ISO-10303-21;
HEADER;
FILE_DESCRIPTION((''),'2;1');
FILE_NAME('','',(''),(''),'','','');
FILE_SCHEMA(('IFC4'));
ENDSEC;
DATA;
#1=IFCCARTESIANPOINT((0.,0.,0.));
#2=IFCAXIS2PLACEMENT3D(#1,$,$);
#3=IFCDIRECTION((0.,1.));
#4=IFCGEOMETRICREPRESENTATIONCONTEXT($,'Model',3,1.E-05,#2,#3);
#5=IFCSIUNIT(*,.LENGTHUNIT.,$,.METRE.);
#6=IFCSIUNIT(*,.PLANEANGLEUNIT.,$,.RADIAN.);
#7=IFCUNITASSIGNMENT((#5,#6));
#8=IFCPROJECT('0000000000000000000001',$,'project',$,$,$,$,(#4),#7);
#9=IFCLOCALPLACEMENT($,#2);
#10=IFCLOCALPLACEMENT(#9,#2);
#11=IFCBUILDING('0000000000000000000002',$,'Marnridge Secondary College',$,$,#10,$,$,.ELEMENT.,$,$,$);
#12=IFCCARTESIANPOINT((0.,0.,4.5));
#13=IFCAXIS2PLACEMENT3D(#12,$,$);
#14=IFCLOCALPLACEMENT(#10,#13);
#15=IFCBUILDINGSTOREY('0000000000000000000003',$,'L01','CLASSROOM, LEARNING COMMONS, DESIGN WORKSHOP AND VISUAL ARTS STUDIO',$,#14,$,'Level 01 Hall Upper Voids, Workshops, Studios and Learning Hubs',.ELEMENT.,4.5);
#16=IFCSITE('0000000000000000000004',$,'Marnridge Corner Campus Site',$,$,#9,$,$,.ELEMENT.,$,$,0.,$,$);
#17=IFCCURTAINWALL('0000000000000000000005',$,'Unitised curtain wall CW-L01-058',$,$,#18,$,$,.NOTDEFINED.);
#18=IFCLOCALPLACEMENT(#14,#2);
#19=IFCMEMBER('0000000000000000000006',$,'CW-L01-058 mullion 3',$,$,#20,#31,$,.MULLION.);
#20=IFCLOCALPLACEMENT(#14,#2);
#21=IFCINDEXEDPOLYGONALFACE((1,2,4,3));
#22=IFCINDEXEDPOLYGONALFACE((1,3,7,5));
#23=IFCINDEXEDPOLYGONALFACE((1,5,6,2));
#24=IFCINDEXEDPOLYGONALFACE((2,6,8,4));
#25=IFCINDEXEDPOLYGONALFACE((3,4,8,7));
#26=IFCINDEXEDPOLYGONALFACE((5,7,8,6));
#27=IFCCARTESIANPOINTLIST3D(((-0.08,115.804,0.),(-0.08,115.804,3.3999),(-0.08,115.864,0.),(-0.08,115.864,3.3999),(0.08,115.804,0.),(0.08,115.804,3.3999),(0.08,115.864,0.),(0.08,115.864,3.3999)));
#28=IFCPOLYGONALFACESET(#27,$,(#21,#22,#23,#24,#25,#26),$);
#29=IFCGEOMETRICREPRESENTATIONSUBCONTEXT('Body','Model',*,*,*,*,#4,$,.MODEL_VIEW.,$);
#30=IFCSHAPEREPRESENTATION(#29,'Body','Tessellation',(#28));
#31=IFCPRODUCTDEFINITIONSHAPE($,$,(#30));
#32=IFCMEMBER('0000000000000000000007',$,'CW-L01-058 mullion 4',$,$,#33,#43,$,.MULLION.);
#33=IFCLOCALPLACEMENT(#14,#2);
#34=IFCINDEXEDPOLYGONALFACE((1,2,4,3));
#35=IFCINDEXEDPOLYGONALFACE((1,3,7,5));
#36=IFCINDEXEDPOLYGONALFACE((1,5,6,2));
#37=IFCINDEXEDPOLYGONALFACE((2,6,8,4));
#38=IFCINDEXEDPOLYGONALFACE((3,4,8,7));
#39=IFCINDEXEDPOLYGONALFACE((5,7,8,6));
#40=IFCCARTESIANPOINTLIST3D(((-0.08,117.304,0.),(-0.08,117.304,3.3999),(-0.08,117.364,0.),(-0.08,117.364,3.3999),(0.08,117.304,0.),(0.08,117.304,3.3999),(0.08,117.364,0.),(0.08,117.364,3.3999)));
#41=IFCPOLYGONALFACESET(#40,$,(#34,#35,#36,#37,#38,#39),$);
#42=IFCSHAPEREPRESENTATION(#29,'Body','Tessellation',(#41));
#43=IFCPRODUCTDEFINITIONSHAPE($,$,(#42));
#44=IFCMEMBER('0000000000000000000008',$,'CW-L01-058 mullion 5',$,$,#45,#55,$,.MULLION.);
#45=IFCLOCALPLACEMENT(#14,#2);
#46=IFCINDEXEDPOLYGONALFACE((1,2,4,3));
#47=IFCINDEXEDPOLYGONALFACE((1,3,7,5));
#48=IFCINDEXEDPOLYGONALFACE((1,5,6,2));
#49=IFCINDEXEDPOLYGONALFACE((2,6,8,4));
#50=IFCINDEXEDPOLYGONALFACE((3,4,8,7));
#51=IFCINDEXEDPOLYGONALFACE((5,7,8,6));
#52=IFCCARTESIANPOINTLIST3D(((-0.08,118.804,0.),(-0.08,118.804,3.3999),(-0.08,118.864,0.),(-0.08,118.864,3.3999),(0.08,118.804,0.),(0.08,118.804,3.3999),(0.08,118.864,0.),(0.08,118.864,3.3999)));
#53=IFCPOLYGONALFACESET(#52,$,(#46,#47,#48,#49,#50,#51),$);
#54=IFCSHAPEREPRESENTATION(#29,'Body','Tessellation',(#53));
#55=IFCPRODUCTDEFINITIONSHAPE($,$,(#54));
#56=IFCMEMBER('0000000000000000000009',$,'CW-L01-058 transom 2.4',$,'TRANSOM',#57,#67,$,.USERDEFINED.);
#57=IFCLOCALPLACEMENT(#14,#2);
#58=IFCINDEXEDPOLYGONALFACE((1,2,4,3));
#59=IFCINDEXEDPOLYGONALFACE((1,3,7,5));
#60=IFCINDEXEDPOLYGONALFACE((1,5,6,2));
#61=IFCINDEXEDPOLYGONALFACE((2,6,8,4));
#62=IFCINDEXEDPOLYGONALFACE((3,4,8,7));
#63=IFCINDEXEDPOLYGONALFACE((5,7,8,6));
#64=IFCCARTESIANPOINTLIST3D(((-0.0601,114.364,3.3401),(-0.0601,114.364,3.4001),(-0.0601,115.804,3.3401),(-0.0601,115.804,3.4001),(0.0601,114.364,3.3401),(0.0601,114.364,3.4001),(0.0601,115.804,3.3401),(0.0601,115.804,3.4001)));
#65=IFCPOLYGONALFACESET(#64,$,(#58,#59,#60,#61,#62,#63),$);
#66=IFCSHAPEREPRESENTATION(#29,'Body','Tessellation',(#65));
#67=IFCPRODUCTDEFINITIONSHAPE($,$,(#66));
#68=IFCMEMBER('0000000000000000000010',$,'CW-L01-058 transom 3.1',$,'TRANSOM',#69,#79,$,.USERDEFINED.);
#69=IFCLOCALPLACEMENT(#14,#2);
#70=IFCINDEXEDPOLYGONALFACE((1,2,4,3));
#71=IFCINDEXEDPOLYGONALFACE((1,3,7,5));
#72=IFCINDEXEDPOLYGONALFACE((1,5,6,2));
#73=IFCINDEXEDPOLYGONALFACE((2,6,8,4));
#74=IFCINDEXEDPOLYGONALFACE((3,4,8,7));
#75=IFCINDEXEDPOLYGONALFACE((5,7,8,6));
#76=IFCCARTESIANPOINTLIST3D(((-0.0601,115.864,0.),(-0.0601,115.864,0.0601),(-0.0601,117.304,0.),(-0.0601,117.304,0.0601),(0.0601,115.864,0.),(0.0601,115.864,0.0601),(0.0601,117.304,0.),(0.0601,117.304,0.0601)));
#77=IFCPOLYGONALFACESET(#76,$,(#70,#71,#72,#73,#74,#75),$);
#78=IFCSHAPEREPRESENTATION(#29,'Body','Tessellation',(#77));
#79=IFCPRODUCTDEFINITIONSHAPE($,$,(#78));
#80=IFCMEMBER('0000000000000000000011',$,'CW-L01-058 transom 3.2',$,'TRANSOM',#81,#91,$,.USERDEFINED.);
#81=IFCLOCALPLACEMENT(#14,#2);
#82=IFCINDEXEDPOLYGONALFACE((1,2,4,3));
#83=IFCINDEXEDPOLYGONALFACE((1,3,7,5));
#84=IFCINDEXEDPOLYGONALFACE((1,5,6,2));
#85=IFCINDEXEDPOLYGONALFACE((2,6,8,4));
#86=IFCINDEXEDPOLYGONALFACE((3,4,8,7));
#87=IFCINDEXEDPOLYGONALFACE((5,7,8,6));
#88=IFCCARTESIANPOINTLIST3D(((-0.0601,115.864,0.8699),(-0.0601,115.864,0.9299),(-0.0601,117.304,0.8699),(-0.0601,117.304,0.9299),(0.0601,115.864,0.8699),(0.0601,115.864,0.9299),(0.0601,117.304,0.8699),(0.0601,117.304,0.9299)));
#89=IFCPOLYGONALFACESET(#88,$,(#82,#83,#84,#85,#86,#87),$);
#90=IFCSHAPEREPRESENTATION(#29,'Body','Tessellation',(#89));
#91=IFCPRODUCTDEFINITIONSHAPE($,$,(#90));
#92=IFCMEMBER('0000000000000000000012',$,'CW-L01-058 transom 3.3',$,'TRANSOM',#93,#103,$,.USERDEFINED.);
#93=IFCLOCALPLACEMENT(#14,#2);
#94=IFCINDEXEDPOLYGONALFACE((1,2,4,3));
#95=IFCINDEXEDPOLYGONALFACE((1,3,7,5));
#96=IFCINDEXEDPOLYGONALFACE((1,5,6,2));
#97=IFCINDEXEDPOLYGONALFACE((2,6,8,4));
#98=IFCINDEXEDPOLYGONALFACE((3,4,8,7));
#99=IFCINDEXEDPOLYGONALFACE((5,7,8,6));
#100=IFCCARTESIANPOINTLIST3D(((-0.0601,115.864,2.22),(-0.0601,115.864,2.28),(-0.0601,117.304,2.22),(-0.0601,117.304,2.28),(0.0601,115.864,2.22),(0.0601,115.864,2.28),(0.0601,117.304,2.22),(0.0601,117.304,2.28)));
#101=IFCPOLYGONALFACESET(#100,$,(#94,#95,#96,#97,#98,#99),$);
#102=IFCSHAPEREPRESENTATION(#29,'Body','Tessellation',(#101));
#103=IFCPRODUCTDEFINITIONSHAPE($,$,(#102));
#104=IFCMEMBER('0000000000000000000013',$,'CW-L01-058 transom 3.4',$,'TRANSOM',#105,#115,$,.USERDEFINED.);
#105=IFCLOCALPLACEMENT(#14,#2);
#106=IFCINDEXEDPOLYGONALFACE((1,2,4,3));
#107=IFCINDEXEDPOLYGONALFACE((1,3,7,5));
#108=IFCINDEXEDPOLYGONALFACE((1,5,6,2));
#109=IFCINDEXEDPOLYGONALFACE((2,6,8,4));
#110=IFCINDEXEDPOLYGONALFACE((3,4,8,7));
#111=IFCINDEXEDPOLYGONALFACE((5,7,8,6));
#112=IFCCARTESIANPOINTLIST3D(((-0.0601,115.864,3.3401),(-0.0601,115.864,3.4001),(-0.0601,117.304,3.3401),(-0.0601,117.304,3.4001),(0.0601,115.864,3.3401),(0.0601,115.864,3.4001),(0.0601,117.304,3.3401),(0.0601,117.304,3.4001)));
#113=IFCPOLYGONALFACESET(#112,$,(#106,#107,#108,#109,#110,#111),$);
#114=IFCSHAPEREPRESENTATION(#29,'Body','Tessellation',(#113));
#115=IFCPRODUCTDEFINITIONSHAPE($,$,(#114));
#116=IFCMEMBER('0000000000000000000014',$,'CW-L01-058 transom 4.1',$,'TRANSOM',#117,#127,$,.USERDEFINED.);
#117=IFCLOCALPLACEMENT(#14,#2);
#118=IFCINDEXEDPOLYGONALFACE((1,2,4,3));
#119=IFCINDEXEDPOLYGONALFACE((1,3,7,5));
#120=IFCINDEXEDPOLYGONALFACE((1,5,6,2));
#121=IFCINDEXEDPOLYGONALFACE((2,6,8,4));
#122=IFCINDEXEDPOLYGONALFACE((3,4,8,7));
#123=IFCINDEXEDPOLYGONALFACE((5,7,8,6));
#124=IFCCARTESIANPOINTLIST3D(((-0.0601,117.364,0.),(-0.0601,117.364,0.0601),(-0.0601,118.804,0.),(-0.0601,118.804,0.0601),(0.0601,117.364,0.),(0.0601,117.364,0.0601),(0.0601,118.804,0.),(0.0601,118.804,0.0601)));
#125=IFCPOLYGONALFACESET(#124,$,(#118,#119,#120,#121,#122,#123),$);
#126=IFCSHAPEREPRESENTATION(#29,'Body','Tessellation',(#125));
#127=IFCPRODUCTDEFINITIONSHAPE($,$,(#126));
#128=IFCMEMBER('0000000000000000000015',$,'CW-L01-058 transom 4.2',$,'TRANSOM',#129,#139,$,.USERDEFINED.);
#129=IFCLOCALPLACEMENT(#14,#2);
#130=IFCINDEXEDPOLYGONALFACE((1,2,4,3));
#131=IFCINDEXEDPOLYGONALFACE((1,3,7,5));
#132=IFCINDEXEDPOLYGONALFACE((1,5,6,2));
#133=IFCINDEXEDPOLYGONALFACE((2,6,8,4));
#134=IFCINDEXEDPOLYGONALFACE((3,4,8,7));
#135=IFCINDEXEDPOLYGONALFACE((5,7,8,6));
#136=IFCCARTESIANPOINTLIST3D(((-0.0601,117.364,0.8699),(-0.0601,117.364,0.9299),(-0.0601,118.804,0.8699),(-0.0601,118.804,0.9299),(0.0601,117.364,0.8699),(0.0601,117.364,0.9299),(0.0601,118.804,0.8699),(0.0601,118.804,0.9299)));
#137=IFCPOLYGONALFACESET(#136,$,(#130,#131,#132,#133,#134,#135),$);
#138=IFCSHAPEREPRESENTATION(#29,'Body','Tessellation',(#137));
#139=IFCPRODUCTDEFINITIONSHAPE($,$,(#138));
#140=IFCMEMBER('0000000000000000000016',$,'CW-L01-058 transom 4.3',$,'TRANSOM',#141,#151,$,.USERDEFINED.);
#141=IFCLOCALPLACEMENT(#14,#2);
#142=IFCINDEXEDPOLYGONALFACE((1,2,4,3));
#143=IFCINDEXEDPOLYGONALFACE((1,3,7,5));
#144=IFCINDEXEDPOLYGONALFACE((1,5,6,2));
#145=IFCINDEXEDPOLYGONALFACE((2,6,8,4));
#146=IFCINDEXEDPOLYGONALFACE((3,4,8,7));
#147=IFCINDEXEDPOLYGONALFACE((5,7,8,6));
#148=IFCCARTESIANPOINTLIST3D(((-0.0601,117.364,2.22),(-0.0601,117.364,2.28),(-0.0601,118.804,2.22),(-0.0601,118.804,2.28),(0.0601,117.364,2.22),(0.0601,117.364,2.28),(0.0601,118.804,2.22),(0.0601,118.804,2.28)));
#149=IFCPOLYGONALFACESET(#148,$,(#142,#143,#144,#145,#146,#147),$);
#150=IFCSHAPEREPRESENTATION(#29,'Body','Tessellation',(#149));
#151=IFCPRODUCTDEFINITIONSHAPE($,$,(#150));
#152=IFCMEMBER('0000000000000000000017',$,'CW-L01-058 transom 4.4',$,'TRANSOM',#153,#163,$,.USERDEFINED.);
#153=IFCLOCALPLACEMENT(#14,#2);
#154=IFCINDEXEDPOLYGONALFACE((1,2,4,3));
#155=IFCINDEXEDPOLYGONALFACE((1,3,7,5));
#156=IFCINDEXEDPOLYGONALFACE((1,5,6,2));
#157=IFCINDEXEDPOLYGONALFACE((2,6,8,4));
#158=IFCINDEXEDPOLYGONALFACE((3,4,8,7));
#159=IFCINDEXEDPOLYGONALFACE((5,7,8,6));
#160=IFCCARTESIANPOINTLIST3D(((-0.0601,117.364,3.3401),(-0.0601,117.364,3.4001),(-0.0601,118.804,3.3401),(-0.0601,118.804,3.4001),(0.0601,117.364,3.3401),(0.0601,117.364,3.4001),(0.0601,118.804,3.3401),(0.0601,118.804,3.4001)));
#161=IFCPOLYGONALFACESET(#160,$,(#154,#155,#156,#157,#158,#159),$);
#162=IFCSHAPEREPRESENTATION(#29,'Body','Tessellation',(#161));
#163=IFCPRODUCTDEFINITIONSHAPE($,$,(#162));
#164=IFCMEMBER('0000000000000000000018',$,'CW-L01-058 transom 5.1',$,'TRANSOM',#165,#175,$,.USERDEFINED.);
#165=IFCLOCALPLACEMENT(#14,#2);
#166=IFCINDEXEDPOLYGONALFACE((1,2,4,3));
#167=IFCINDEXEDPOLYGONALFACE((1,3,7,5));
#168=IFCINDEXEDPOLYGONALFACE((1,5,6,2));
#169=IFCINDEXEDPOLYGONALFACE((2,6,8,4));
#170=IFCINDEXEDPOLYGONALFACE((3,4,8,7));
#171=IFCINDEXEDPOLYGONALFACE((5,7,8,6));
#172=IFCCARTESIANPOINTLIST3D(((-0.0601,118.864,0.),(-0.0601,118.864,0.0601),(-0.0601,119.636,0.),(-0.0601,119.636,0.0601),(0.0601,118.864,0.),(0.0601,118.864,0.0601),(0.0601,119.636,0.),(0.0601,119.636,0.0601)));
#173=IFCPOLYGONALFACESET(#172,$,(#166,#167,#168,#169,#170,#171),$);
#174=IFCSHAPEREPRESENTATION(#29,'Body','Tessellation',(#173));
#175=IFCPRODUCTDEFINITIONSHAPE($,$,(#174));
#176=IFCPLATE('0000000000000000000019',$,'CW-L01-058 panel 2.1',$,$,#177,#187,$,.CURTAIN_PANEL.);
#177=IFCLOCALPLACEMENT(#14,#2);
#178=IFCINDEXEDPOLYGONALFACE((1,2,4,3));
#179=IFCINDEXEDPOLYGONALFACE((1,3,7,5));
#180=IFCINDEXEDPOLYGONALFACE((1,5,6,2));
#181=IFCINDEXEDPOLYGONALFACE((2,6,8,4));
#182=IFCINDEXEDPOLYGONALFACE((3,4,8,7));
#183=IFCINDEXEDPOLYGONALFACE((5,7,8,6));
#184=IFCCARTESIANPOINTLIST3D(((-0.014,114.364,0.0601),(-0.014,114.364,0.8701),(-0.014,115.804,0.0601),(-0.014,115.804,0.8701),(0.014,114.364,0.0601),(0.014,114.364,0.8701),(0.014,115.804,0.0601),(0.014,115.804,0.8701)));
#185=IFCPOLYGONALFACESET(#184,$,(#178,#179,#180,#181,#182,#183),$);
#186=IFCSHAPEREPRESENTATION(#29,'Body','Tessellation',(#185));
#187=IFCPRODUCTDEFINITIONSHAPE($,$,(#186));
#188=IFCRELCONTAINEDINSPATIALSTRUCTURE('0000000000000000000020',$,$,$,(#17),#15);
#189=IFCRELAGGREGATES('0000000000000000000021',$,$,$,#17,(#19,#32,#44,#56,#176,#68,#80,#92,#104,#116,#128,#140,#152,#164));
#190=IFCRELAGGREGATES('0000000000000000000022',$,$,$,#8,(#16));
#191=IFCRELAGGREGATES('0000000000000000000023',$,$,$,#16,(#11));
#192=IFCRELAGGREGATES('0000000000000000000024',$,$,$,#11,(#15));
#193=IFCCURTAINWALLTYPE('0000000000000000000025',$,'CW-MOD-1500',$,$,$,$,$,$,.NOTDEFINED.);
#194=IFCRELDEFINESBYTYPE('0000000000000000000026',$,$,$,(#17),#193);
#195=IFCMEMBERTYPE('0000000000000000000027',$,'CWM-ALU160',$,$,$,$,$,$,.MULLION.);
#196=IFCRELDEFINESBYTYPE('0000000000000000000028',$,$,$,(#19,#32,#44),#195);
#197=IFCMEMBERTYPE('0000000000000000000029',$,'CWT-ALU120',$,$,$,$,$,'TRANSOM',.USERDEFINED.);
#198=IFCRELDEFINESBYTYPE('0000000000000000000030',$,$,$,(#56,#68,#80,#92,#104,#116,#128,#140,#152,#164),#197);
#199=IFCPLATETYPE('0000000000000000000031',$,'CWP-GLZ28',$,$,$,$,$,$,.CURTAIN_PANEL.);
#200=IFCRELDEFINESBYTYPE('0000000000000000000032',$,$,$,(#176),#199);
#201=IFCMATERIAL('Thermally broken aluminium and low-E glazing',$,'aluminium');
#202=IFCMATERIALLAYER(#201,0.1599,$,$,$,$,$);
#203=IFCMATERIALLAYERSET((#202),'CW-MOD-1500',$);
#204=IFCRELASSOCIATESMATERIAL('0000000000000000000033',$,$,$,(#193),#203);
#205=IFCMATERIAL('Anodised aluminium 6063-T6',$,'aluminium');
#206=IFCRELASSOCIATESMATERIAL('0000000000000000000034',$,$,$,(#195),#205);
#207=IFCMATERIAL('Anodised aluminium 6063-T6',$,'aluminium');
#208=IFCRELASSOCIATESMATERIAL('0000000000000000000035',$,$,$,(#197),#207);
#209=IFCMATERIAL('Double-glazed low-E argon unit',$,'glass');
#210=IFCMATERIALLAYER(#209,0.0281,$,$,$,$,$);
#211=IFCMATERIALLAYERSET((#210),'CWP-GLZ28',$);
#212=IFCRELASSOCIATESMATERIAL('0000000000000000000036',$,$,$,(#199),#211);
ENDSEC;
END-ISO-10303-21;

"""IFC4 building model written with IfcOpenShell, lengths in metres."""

from ifc_helpers import new_model, si_unit, direction, frame, origin, origin_2d, place, context, subcontext, project, spatial, rectangle, extrude, material, layer, layer_set, material_profile, profile_set, type_object, element, aggregate, save


model = new_model("IFC4")

# Units and contexts
model_context = context("Model", 3, precision=1e-05, world=origin(), true_north=direction((0.0, 1.0)))
body_context = subcontext(model_context, "Body", "Model", "MODEL_VIEW")
ifc_project = project(units=[si_unit("LENGTHUNIT", "METRE"), si_unit("PLANEANGLEUNIT", "RADIAN")], contexts=[model_context])

# Site, building, storey
site_placement = place(None, origin())
site = spatial("IfcSite", under=ifc_project, at=site_placement, Name="Marnridge Corner Campus Site", CompositionType="ELEMENT", RefElevation=0.0)
building_placement = place(site_placement, origin())
building = spatial("IfcBuilding", under=site, at=building_placement, Name="Marnridge Secondary College", CompositionType="ELEMENT")
storey_placement = place(building_placement, frame((0.0, 0.0, 4.5)))
storey = spatial("IfcBuildingStorey", under=building, at=storey_placement, Name="L01", Description="CLASSROOM, LEARNING COMMONS, DESIGN WORKSHOP AND VISUAL ARTS STUDIO", LongName="Level 01 Hall Upper Voids, Workshops, Studios and Learning Hubs", CompositionType="ELEMENT", Elevation=4.5)

# Curtain wall, members, plate
ifc_material_1 = material(Name="Thermally broken aluminium and low-E glazing", Category="aluminium")
ifc_layer_1 = layer(ifc_material_1, 0.1599)
ifc_layer_set_1 = layer_set([ifc_layer_1], Name="CW-MOD-1500")
curtain_wall_type = type_object("IfcCurtainWallType", Name="CW-MOD-1500", PredefinedType="NOTDEFINED", material=ifc_layer_set_1)
curtain_wall_placement = place(storey_placement, origin())
curtain_wall = element("IfcCurtainWall", 1, at=curtain_wall_placement, inside=storey, type_object=curtain_wall_type, Name="Unitised curtain wall CW-L01-058", PredefinedType="NOTDEFINED")
ifc_material_2 = material(Name="Anodised aluminium 6063-T6", Category="aluminium")
ifc_material_profile_1 = material_profile(ifc_material_2, rectangle(XDim=0.0601, YDim=0.1599, at=origin_2d()), Name="ALU 60x160")
ifc_profile_set_1 = profile_set([ifc_material_profile_1], Name="Anodised aluminium 6063-T6")
member_type_1 = type_object("IfcMemberType", Name="CWM-ALU160", PredefinedType="MULLION", material=ifc_profile_set_1)
member_1_placement = place(storey_placement, frame((0.0, 115.834, 0.0), z_axis=(0.0, 0.0, 1.0), x_axis=(0.0, 1.0, 0.0)))
member_1 = element("IfcMember", 2, at=member_1_placement, type_object=member_type_1, Name="CW-L01-058 mullion 3", PredefinedType="MULLION", context=body_context, shape_type="SweptSolid", body=[
    extrude(rectangle(XDim=0.0601, YDim=0.1599, at=origin_2d()), origin(), (0.0, 0.0, 1.0), 3.3999),
])
member_2_placement = place(storey_placement, frame((0.0, 117.334, 0.0), z_axis=(0.0, 0.0, 1.0), x_axis=(0.0, 1.0, 0.0)))
member_2 = element("IfcMember", 3, at=member_2_placement, type_object=member_type_1, Name="CW-L01-058 mullion 4", PredefinedType="MULLION", context=body_context, shape_type="SweptSolid", body=[
    extrude(rectangle(XDim=0.0601, YDim=0.1599, at=origin_2d()), origin(), (0.0, 0.0, 1.0), 3.3999),
])
member_3_placement = place(storey_placement, frame((0.0, 118.834, 0.0), z_axis=(0.0, 0.0, 1.0), x_axis=(0.0, 1.0, 0.0)))
member_3 = element("IfcMember", 4, at=member_3_placement, type_object=member_type_1, Name="CW-L01-058 mullion 5", PredefinedType="MULLION", context=body_context, shape_type="SweptSolid", body=[
    extrude(rectangle(XDim=0.0601, YDim=0.1599, at=origin_2d()), origin(), (0.0, 0.0, 1.0), 3.3999),
])
ifc_material_3 = material(Name="Anodised aluminium 6063-T6", Category="aluminium")
ifc_material_profile_2 = material_profile(ifc_material_3, rectangle(XDim=0.0601, YDim=0.1201, at=origin_2d()), Name="ALU 60x120")
ifc_profile_set_2 = profile_set([ifc_material_profile_2], Name="Anodised aluminium 6063-T6")
member_type_2 = type_object("IfcMemberType", Name="CWT-ALU120", ElementType="TRANSOM", PredefinedType="USERDEFINED", material=ifc_profile_set_2)
member_4_placement = place(storey_placement, frame((0.0, 114.364, 3.3701), z_axis=(0.0, 1.0, 0.0), x_axis=(0.0, 0.0, 1.0)))
member_4 = element("IfcMember", 5, at=member_4_placement, type_object=member_type_2, Name="CW-L01-058 transom 2.4", ObjectType="TRANSOM", PredefinedType="USERDEFINED", context=body_context, shape_type="SweptSolid", body=[
    extrude(rectangle(XDim=0.0601, YDim=0.1201, at=origin_2d()), origin(), (0.0, 0.0, 1.0), 1.4399),
])
member_5_placement = place(storey_placement, frame((0.0, 115.864, 0.03), z_axis=(0.0, 1.0, 0.0), x_axis=(0.0, 0.0, 1.0)))
member_5 = element("IfcMember", 6, at=member_5_placement, type_object=member_type_2, Name="CW-L01-058 transom 3.1", ObjectType="TRANSOM", PredefinedType="USERDEFINED", context=body_context, shape_type="SweptSolid", body=[
    extrude(rectangle(XDim=0.0601, YDim=0.1201, at=origin_2d()), origin(), (0.0, 0.0, 1.0), 1.4399),
])
member_6_placement = place(storey_placement, frame((0.0, 115.864, 0.8999), z_axis=(0.0, 1.0, 0.0), x_axis=(0.0, 0.0, 1.0)))
member_6 = element("IfcMember", 7, at=member_6_placement, type_object=member_type_2, Name="CW-L01-058 transom 3.2", ObjectType="TRANSOM", PredefinedType="USERDEFINED", context=body_context, shape_type="SweptSolid", body=[
    extrude(rectangle(XDim=0.0601, YDim=0.1201, at=origin_2d()), origin(), (0.0, 0.0, 1.0), 1.4399),
])
member_7_placement = place(storey_placement, frame((0.0, 115.864, 2.25), z_axis=(0.0, 1.0, 0.0), x_axis=(0.0, 0.0, 1.0)))
member_7 = element("IfcMember", 8, at=member_7_placement, type_object=member_type_2, Name="CW-L01-058 transom 3.3", ObjectType="TRANSOM", PredefinedType="USERDEFINED", context=body_context, shape_type="SweptSolid", body=[
    extrude(rectangle(XDim=0.0601, YDim=0.1201, at=origin_2d()), origin(), (0.0, 0.0, 1.0), 1.4399),
])
member_8_placement = place(storey_placement, frame((0.0, 115.864, 3.3701), z_axis=(0.0, 1.0, 0.0), x_axis=(0.0, 0.0, 1.0)))
member_8 = element("IfcMember", 9, at=member_8_placement, type_object=member_type_2, Name="CW-L01-058 transom 3.4", ObjectType="TRANSOM", PredefinedType="USERDEFINED", context=body_context, shape_type="SweptSolid", body=[
    extrude(rectangle(XDim=0.0601, YDim=0.1201, at=origin_2d()), origin(), (0.0, 0.0, 1.0), 1.4399),
])
member_9_placement = place(storey_placement, frame((0.0, 117.364, 0.03), z_axis=(0.0, 1.0, 0.0), x_axis=(0.0, 0.0, 1.0)))
member_9 = element("IfcMember", 10, at=member_9_placement, type_object=member_type_2, Name="CW-L01-058 transom 4.1", ObjectType="TRANSOM", PredefinedType="USERDEFINED", context=body_context, shape_type="SweptSolid", body=[
    extrude(rectangle(XDim=0.0601, YDim=0.1201, at=origin_2d()), origin(), (0.0, 0.0, 1.0), 1.4399),
])
member_10_placement = place(storey_placement, frame((0.0, 117.364, 0.8999), z_axis=(0.0, 1.0, 0.0), x_axis=(0.0, 0.0, 1.0)))
member_10 = element("IfcMember", 11, at=member_10_placement, type_object=member_type_2, Name="CW-L01-058 transom 4.2", ObjectType="TRANSOM", PredefinedType="USERDEFINED", context=body_context, shape_type="SweptSolid", body=[
    extrude(rectangle(XDim=0.0601, YDim=0.1201, at=origin_2d()), origin(), (0.0, 0.0, 1.0), 1.4399),
])
member_11_placement = place(storey_placement, frame((0.0, 117.364, 2.25), z_axis=(0.0, 1.0, 0.0), x_axis=(0.0, 0.0, 1.0)))
member_11 = element("IfcMember", 12, at=member_11_placement, type_object=member_type_2, Name="CW-L01-058 transom 4.3", ObjectType="TRANSOM", PredefinedType="USERDEFINED", context=body_context, shape_type="SweptSolid", body=[
    extrude(rectangle(XDim=0.0601, YDim=0.1201, at=origin_2d()), origin(), (0.0, 0.0, 1.0), 1.4399),
])
member_12_placement = place(storey_placement, frame((0.0, 117.364, 3.3701), z_axis=(0.0, 1.0, 0.0), x_axis=(0.0, 0.0, 1.0)))
member_12 = element("IfcMember", 13, at=member_12_placement, type_object=member_type_2, Name="CW-L01-058 transom 4.4", ObjectType="TRANSOM", PredefinedType="USERDEFINED", context=body_context, shape_type="SweptSolid", body=[
    extrude(rectangle(XDim=0.0601, YDim=0.1201, at=origin_2d()), origin(), (0.0, 0.0, 1.0), 1.4399),
])
member_13_placement = place(storey_placement, frame((0.0, 118.864, 0.03), z_axis=(0.0, 1.0, 0.0), x_axis=(0.0, 0.0, 1.0)))
member_13 = element("IfcMember", 14, at=member_13_placement, type_object=member_type_2, Name="CW-L01-058 transom 5.1", ObjectType="TRANSOM", PredefinedType="USERDEFINED", context=body_context, shape_type="SweptSolid", body=[
    extrude(rectangle(XDim=0.0601, YDim=0.1201, at=origin_2d()), origin(), (0.0, 0.0, 1.0), 0.772),
])
ifc_material_4 = material(Name="Double-glazed low-E argon unit", Category="glass")
ifc_layer_2 = layer(ifc_material_4, 0.0281)
ifc_layer_set_2 = layer_set([ifc_layer_2], Name="CWP-GLZ28")
plate_type = type_object("IfcPlateType", Name="CWP-GLZ28", PredefinedType="CURTAIN_PANEL", material=ifc_layer_set_2)
plate_1_placement = place(storey_placement, frame((0.0, 115.084, 0.0601), z_axis=(0.0, 0.0, 1.0), x_axis=(0.0, 1.0, 0.0)))
plate_1 = element("IfcPlate", 15, at=plate_1_placement, type_object=plate_type, Name="CW-L01-058 panel 2.1", PredefinedType="CURTAIN_PANEL", context=body_context, shape_type="SweptSolid", body=[
    extrude(rectangle(XDim=1.4399, YDim=0.0281, at=origin_2d()), origin(), (0.0, 0.0, 1.0), 0.8101),
])
aggregate(curtain_wall, [member_1, member_2, member_3, member_4, plate_1, member_5, member_6, member_7, member_8, member_9, member_10, member_11, member_12, member_13])

save(model, "model.ifc")
